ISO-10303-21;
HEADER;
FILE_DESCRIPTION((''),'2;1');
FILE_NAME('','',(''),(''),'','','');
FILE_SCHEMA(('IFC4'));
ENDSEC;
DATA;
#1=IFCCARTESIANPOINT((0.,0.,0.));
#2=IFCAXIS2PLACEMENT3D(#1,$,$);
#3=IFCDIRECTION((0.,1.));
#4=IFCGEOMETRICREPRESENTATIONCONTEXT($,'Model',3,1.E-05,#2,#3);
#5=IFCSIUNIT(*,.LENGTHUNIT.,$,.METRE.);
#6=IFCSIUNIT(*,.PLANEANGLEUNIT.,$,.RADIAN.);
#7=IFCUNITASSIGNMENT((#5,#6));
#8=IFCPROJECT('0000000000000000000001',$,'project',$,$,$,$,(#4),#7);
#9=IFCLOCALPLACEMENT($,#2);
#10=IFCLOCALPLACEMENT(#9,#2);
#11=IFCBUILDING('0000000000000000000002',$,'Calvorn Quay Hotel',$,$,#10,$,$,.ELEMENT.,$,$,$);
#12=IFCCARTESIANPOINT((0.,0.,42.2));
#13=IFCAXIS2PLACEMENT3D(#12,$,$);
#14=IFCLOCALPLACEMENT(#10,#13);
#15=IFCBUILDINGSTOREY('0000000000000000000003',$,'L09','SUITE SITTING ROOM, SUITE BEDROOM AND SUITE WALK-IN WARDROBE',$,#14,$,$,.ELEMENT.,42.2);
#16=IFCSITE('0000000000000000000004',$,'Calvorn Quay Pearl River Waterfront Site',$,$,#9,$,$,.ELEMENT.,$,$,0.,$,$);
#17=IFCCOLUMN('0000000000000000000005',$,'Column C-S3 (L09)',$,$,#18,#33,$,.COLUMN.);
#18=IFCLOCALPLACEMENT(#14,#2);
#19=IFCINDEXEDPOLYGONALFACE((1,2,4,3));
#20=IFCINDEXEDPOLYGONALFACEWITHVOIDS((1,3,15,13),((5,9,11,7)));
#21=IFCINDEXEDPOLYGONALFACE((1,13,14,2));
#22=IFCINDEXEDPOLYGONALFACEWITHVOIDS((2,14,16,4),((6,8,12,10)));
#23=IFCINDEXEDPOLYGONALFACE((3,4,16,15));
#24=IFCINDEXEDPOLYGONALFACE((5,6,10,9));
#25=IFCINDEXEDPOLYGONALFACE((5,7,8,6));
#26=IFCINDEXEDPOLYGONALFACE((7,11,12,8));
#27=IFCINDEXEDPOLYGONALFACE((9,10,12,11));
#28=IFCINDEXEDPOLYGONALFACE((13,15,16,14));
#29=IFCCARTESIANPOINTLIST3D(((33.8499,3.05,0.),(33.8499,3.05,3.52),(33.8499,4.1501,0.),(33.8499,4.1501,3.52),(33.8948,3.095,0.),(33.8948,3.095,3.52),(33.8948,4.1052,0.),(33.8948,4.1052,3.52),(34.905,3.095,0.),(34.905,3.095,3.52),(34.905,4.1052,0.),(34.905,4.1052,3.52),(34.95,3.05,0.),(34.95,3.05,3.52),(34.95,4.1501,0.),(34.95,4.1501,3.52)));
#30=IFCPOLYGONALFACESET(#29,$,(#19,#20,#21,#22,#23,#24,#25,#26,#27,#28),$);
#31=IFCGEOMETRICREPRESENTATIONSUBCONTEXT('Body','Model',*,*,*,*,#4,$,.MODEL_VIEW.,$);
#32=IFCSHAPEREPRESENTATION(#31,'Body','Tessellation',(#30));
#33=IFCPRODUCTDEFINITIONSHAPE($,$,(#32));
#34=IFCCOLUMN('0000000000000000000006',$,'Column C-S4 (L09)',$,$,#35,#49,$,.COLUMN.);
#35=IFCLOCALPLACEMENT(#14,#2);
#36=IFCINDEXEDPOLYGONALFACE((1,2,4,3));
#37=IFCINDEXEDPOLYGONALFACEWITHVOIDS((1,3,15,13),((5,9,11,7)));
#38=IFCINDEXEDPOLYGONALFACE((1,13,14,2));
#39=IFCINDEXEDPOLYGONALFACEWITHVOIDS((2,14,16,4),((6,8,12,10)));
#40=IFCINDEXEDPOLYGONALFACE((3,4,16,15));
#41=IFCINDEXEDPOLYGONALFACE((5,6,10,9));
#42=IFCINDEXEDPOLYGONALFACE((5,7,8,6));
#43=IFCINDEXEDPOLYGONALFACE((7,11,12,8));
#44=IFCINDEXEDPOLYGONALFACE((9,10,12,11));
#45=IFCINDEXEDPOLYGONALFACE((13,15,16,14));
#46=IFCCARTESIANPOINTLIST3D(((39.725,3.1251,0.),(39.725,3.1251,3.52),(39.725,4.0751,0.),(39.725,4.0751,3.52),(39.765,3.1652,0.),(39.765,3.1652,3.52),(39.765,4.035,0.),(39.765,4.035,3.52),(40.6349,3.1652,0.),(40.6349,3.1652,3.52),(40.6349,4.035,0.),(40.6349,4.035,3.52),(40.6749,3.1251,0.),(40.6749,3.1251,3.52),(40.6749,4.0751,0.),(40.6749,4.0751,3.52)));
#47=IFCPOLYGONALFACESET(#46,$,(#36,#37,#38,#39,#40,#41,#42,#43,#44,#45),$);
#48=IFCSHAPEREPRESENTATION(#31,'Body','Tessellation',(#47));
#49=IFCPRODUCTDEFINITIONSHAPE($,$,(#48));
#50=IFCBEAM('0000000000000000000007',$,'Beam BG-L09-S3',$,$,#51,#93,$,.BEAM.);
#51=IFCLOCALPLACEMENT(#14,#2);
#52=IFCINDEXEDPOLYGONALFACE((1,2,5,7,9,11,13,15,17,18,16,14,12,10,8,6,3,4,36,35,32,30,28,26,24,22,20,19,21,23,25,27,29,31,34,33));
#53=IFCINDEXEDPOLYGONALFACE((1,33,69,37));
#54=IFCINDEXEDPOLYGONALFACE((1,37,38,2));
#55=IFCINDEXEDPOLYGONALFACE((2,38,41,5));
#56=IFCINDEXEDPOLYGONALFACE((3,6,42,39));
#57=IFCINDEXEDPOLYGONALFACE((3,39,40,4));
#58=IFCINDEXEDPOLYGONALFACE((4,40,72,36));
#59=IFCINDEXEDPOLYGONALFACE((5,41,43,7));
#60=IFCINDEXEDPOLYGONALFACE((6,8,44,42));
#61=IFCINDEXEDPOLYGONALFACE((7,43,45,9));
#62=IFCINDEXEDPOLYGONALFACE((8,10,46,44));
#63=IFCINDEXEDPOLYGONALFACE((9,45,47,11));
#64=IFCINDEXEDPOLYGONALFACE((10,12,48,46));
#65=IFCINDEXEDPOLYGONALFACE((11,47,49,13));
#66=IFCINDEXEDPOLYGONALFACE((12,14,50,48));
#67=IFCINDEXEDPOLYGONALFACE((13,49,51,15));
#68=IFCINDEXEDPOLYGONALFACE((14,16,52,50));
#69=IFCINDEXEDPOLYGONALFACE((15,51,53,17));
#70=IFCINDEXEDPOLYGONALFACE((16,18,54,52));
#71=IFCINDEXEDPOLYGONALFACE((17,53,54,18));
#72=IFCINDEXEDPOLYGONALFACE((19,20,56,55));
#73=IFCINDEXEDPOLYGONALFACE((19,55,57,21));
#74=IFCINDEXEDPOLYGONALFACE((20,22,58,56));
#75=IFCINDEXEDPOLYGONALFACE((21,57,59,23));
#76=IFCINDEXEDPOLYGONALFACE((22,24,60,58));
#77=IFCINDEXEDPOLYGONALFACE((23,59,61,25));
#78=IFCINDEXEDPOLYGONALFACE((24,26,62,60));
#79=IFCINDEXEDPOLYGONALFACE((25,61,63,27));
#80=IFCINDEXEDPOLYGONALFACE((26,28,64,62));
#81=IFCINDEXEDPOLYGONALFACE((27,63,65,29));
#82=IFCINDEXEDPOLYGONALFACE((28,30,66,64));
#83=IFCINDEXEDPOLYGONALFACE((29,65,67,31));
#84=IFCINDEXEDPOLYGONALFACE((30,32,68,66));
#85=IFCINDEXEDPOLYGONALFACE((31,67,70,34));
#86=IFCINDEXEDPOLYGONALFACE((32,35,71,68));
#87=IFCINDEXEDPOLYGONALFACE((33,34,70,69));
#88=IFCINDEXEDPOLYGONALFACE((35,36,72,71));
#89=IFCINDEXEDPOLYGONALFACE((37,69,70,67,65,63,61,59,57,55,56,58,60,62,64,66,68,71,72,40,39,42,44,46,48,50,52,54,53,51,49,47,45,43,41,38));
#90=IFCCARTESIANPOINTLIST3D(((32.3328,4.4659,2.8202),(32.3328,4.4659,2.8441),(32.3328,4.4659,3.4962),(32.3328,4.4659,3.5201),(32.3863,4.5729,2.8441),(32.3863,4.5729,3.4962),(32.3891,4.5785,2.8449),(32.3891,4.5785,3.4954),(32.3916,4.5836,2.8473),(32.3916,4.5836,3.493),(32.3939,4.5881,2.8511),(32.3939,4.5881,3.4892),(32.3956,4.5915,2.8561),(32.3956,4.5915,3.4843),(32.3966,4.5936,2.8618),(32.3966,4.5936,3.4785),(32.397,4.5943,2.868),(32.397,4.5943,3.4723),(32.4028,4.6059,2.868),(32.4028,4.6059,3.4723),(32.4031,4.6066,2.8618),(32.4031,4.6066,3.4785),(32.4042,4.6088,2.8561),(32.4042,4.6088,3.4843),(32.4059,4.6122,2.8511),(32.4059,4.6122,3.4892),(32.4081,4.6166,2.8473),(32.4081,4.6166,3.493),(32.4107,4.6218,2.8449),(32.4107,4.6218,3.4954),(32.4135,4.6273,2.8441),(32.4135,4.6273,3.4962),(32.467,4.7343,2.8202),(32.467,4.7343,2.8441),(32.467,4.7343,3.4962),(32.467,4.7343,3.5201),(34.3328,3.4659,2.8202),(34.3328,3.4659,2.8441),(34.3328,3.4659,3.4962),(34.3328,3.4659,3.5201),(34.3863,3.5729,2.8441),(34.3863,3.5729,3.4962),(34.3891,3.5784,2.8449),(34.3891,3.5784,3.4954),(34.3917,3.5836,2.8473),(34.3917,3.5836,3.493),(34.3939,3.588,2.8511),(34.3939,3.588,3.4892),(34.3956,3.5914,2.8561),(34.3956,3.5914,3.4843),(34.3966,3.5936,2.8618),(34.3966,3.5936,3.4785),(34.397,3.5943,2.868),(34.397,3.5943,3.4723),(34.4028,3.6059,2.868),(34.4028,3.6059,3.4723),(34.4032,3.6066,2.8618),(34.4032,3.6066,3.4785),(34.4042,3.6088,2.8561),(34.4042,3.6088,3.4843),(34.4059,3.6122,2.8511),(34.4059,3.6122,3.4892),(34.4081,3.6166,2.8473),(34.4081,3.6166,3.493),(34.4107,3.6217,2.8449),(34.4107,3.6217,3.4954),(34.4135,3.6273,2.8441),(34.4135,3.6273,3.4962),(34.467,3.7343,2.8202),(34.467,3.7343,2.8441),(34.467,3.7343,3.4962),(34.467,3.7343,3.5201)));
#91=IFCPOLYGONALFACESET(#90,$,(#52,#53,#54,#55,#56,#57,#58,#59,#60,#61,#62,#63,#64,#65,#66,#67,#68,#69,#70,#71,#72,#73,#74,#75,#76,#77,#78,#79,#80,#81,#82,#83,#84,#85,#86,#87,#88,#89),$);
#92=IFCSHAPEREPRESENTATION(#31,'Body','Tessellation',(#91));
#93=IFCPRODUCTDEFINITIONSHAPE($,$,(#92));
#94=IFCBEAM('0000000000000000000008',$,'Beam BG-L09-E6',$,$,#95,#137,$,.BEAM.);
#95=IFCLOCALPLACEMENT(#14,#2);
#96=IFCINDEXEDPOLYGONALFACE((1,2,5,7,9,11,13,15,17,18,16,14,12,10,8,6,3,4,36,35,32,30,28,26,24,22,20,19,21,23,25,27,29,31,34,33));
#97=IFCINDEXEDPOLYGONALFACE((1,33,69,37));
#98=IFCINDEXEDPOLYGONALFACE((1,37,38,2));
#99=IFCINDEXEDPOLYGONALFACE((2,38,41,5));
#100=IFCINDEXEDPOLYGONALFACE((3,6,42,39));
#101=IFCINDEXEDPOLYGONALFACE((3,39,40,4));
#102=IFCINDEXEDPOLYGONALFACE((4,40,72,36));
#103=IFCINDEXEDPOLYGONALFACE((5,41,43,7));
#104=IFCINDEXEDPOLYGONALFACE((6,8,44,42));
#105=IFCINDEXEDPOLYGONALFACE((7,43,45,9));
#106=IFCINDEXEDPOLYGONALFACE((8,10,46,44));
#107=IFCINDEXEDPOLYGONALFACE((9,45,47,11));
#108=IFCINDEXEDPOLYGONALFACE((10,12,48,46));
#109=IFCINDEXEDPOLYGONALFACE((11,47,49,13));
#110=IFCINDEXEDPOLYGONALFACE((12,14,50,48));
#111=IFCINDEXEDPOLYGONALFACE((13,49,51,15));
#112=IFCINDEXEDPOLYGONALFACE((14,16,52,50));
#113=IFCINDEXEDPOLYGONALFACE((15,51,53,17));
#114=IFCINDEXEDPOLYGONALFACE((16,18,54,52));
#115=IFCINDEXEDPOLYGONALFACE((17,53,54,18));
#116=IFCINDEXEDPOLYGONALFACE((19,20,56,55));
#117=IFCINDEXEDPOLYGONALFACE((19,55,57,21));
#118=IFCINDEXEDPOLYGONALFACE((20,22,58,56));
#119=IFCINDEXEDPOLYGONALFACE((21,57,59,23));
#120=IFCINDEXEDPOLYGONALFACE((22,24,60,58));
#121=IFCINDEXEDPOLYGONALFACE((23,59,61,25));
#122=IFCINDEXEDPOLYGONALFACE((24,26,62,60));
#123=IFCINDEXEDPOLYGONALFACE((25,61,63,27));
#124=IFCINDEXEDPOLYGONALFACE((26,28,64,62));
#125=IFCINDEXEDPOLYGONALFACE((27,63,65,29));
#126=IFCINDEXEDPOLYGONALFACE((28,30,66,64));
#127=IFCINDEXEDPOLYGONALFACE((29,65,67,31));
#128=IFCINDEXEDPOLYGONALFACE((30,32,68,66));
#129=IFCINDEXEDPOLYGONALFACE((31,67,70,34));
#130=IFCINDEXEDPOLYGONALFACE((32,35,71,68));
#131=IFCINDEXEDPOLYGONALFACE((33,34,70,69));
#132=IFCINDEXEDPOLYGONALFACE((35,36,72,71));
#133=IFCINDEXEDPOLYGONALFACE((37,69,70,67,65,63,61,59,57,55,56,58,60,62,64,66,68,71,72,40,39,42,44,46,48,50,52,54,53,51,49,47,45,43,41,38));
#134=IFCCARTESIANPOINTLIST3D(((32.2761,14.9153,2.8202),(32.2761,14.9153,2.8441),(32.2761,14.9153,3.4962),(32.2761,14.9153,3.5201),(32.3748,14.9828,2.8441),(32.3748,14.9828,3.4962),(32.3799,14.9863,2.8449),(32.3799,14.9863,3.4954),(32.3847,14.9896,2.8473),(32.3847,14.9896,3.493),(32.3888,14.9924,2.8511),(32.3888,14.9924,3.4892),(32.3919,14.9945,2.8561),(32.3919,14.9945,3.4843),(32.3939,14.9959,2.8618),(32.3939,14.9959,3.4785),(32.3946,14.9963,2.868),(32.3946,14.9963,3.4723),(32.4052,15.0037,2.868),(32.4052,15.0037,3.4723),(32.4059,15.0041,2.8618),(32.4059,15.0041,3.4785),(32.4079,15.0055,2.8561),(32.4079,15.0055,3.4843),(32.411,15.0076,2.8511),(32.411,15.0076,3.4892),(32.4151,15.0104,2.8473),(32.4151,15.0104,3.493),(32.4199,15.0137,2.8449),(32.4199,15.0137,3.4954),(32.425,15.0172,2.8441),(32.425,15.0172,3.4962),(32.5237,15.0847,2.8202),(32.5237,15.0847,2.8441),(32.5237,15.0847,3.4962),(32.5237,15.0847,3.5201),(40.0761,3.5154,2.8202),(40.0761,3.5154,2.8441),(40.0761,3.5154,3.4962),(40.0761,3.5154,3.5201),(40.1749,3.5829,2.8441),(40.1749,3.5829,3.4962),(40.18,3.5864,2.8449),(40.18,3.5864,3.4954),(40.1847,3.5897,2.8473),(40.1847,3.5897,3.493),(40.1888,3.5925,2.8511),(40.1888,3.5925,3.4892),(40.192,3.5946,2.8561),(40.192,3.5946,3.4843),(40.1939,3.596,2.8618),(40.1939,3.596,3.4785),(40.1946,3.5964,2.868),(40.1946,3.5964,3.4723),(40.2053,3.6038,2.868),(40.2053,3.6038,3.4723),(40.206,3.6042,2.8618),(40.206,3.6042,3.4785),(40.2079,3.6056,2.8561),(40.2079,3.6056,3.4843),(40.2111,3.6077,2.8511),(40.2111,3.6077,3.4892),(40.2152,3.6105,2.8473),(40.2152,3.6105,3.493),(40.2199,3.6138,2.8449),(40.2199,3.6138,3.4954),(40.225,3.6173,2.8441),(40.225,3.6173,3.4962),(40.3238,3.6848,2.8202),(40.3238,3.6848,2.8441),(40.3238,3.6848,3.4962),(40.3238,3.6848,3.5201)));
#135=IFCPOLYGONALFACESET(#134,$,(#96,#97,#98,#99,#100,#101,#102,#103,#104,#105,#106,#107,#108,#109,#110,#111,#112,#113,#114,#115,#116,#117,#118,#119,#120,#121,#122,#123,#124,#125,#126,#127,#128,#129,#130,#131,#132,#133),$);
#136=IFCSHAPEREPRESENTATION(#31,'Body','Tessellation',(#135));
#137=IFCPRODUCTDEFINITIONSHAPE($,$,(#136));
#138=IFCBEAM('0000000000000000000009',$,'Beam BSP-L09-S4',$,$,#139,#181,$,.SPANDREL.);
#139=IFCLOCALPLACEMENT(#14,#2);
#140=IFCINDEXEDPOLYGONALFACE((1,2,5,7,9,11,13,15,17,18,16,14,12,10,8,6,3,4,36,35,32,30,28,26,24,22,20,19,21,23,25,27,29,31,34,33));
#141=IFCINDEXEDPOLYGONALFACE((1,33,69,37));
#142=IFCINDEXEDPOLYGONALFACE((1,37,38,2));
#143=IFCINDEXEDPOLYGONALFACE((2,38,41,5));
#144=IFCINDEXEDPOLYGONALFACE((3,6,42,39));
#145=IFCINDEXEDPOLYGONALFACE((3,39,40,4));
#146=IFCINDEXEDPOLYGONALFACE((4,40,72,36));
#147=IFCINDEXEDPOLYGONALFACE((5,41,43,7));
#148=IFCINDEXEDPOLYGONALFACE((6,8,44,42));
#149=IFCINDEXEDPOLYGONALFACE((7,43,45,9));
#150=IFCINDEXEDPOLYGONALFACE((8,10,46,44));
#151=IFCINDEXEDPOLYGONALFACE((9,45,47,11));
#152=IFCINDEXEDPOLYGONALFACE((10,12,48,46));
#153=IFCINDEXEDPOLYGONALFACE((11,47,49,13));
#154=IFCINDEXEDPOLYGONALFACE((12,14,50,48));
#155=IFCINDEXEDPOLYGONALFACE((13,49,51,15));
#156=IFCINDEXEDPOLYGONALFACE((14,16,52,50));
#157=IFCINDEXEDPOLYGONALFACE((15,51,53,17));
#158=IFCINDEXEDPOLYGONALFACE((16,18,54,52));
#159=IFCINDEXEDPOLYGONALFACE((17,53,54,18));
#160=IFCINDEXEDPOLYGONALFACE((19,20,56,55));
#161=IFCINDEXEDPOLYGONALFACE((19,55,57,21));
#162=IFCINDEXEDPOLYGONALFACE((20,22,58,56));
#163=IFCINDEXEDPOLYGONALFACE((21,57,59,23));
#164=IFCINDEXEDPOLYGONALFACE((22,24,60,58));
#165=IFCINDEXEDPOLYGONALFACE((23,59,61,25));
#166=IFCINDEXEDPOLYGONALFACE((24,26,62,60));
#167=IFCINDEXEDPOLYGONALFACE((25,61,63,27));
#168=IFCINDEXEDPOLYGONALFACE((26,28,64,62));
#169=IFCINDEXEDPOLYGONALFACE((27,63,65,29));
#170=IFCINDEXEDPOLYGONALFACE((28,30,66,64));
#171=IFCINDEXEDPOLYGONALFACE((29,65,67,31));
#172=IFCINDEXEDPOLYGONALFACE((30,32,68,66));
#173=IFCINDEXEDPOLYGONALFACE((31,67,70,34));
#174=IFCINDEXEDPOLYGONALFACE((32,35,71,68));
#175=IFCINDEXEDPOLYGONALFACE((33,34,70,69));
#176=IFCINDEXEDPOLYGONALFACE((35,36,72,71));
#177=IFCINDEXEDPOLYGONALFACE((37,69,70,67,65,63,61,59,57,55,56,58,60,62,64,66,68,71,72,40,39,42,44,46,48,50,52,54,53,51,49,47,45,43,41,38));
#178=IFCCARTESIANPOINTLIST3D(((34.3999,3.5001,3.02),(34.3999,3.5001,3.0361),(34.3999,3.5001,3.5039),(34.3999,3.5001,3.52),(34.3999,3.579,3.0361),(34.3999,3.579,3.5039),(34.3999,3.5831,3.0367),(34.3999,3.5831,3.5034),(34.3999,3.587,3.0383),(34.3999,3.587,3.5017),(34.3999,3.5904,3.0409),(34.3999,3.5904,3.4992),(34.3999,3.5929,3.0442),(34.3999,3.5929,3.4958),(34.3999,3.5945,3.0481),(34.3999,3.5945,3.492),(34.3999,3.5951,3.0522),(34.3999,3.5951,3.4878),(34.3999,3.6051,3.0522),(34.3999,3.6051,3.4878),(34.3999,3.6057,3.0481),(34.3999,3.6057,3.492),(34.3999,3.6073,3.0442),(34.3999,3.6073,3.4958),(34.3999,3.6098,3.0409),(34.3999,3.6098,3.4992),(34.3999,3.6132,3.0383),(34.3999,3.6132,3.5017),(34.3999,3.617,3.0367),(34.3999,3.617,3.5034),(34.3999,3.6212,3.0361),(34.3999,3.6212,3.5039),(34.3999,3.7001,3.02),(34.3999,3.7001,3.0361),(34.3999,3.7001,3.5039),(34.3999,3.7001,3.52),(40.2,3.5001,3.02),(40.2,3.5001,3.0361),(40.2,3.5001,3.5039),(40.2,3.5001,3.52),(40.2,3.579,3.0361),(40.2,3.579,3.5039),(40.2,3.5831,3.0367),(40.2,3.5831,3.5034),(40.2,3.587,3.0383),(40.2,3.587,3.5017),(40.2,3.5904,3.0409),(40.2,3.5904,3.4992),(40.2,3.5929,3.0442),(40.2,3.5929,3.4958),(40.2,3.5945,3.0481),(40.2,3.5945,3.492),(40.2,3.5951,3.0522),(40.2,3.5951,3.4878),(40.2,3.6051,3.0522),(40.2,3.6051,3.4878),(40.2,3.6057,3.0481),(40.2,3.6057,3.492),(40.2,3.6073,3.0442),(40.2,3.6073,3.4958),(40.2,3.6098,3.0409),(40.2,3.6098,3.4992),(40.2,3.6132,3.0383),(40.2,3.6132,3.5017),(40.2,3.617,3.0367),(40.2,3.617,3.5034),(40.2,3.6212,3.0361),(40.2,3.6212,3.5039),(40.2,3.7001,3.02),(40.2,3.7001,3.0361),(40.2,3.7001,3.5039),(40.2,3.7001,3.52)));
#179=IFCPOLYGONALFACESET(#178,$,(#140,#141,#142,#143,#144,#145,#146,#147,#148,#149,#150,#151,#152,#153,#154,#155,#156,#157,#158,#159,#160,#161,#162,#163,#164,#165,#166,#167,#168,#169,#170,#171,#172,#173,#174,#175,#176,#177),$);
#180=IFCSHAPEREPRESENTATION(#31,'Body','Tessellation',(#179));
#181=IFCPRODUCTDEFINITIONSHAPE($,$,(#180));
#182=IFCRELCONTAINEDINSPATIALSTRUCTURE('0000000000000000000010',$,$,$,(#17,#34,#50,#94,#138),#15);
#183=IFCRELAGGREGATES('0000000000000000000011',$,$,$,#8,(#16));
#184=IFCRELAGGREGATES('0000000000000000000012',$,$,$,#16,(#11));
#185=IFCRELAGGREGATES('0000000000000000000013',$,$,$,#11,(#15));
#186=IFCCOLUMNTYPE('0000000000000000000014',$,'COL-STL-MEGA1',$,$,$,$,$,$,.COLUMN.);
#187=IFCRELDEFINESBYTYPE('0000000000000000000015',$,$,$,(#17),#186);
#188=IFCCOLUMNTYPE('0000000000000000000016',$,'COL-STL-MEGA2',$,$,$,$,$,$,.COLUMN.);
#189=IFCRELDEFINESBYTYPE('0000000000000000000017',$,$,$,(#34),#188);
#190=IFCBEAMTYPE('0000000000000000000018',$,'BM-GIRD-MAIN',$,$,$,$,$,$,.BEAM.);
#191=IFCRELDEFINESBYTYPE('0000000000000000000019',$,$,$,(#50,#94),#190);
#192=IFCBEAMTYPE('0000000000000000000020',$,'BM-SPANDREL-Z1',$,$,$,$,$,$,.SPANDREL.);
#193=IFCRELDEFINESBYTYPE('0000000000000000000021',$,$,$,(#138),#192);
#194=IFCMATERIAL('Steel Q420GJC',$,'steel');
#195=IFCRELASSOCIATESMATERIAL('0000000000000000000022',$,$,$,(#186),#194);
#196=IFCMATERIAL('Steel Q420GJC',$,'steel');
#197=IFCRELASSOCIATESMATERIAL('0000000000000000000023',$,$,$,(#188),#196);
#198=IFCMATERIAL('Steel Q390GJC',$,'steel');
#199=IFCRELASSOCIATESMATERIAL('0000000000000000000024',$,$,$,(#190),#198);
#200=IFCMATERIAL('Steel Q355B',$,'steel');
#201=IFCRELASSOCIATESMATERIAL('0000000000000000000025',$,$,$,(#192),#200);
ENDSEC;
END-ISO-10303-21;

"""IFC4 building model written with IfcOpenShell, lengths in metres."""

from ifc_helpers import new_model, si_unit, direction, frame, origin, origin_2d, place, context, subcontext, project, spatial, hollow_rectangle, i_section, extrude, material, material_profile, profile_set, type_object, element, save


model = new_model("IFC4")

# Units and contexts
model_context = context("Model", 3, precision=1e-05, world=origin(), true_north=direction((0.0, 1.0)))
body_context = subcontext(model_context, "Body", "Model", "MODEL_VIEW")
ifc_project = project(units=[si_unit("LENGTHUNIT", "METRE"), si_unit("PLANEANGLEUNIT", "RADIAN")], contexts=[model_context])

# Site, building, storey
site_placement = place(None, origin())
site = spatial("IfcSite", under=ifc_project, at=site_placement, Name="Calvorn Quay Pearl River Waterfront Site", CompositionType="ELEMENT", RefElevation=0.0)
building_placement = place(site_placement, origin())
building = spatial("IfcBuilding", under=site, at=building_placement, Name="Calvorn Quay Hotel", CompositionType="ELEMENT")
storey_placement = place(building_placement, frame((0.0, 0.0, 42.2)))
storey = spatial("IfcBuildingStorey", under=building, at=storey_placement, Name="L09", Description="SUITE SITTING ROOM, SUITE BEDROOM AND SUITE WALK-IN WARDROBE", CompositionType="ELEMENT", Elevation=42.2)

# Columns
ifc_material_1 = material(Name="Steel Q420GJC", Category="steel")
ifc_material_profile_1 = material_profile(ifc_material_1, hollow_rectangle(XDim=1.1001, YDim=1.1001, WallThickness=0.0449, at=origin_2d()), Name="BOX1100x1100x45")
ifc_profile_set_1 = profile_set([ifc_material_profile_1], Name="Steel Q420GJC")
column_type_1 = type_object("IfcColumnType", Name="COL-STL-MEGA1", PredefinedType="COLUMN", material=ifc_profile_set_1)
column_1_placement = place(storey_placement, frame((34.3999, 3.6001, 0.0), z_axis=(0.0, 0.0, 1.0), x_axis=(1.0, 0.0, 0.0)))
element("IfcColumn", 1, at=column_1_placement, inside=storey, type_object=column_type_1, Name="Column C-S3 (L09)", PredefinedType="COLUMN", context=body_context, shape_type="SweptSolid", body=[
    extrude(hollow_rectangle(XDim=1.1001, YDim=1.1001, WallThickness=0.0449, at=origin_2d()), origin(), (0.0, 0.0, 1.0), 3.52),
])
ifc_material_2 = material(Name="Steel Q420GJC", Category="steel")
ifc_material_profile_2 = material_profile(ifc_material_2, hollow_rectangle(XDim=0.95, YDim=0.95, WallThickness=0.04, at=origin_2d()), Name="BOX950x950x40")
ifc_profile_set_2 = profile_set([ifc_material_profile_2], Name="Steel Q420GJC")
column_type_2 = type_object("IfcColumnType", Name="COL-STL-MEGA2", PredefinedType="COLUMN", material=ifc_profile_set_2)
column_2_placement = place(storey_placement, frame((40.2, 3.6001, 0.0), z_axis=(0.0, 0.0, 1.0), x_axis=(1.0, 0.0, 0.0)))
element("IfcColumn", 2, at=column_2_placement, inside=storey, type_object=column_type_2, Name="Column C-S4 (L09)", PredefinedType="COLUMN", context=body_context, shape_type="SweptSolid", body=[
    extrude(hollow_rectangle(XDim=0.95, YDim=0.95, WallThickness=0.04, at=origin_2d()), origin(), (0.0, 0.0, 1.0), 3.52),
])

# Beams
ifc_material_3 = material(Name="Steel Q390GJC", Category="steel")
ifc_material_profile_3 = material_profile(ifc_material_3, i_section(OverallWidth=0.3, OverallDepth=0.7, WebThickness=0.0129, FlangeThickness=0.0239, FilletRadius=0.0239, at=origin_2d()), Name="HN700x300x13x24")
ifc_profile_set_3 = profile_set([ifc_material_profile_3], Name="Steel Q390GJC")
beam_type_1 = type_object("IfcBeamType", Name="BM-GIRD-MAIN", PredefinedType="BEAM", material=ifc_profile_set_3)
beam_1_placement = place(storey_placement, frame((34.3999, 3.6001, 3.1702), z_axis=(-0.894427, 0.447214, 0.0), x_axis=(-0.447214, -0.894427, 0.0)))
element("IfcBeam", 3, at=beam_1_placement, inside=storey, type_object=beam_type_1, Name="Beam BG-L09-S3", PredefinedType="BEAM", context=body_context, shape_type="SweptSolid", body=[
    extrude(i_section(OverallWidth=0.3, OverallDepth=0.7, WebThickness=0.0129, FlangeThickness=0.0239, FilletRadius=0.0239, at=origin_2d()), origin(), (0.0, 0.0, 1.0), 2.2361),
])
beam_2_placement = place(storey_placement, frame((40.2, 3.6001, 3.1702), z_axis=(-0.56469, 0.825303, 0.0), x_axis=(-0.825303, -0.56469, 0.0)))
element("IfcBeam", 4, at=beam_2_placement, inside=storey, type_object=beam_type_1, Name="Beam BG-L09-E6", PredefinedType="BEAM", context=body_context, shape_type="SweptSolid", body=[
    extrude(i_section(OverallWidth=0.3, OverallDepth=0.7, WebThickness=0.0129, FlangeThickness=0.0239, FilletRadius=0.0239, at=origin_2d()), origin(), (0.0, 0.0, 1.0), 13.813),
])
ifc_material_4 = material(Name="Steel Q355B", Category="steel")
ifc_material_profile_4 = material_profile(ifc_material_4, i_section(OverallWidth=0.2, OverallDepth=0.5, WebThickness=0.01, FlangeThickness=0.0161, FilletRadius=0.0161, at=origin_2d()), Name="HN500x200x10x16")
ifc_profile_set_4 = profile_set([ifc_material_profile_4], Name="Steel Q355B")
beam_type_2 = type_object("IfcBeamType", Name="BM-SPANDREL-Z1", PredefinedType="SPANDREL", material=ifc_profile_set_4)
beam_3_placement = place(storey_placement, frame((34.3999, 3.6001, 3.27), z_axis=(1.0, 0.0, 0.0), x_axis=(0.0, 1.0, 0.0)))
element("IfcBeam", 5, at=beam_3_placement, inside=storey, type_object=beam_type_2, Name="Beam BSP-L09-S4", PredefinedType="SPANDREL", context=body_context, shape_type="SweptSolid", body=[
    extrude(i_section(OverallWidth=0.2, OverallDepth=0.5, WebThickness=0.01, FlangeThickness=0.0161, FilletRadius=0.0161, at=origin_2d()), origin(), (0.0, 0.0, 1.0), 5.8),
])

save(model, "model.ifc")
